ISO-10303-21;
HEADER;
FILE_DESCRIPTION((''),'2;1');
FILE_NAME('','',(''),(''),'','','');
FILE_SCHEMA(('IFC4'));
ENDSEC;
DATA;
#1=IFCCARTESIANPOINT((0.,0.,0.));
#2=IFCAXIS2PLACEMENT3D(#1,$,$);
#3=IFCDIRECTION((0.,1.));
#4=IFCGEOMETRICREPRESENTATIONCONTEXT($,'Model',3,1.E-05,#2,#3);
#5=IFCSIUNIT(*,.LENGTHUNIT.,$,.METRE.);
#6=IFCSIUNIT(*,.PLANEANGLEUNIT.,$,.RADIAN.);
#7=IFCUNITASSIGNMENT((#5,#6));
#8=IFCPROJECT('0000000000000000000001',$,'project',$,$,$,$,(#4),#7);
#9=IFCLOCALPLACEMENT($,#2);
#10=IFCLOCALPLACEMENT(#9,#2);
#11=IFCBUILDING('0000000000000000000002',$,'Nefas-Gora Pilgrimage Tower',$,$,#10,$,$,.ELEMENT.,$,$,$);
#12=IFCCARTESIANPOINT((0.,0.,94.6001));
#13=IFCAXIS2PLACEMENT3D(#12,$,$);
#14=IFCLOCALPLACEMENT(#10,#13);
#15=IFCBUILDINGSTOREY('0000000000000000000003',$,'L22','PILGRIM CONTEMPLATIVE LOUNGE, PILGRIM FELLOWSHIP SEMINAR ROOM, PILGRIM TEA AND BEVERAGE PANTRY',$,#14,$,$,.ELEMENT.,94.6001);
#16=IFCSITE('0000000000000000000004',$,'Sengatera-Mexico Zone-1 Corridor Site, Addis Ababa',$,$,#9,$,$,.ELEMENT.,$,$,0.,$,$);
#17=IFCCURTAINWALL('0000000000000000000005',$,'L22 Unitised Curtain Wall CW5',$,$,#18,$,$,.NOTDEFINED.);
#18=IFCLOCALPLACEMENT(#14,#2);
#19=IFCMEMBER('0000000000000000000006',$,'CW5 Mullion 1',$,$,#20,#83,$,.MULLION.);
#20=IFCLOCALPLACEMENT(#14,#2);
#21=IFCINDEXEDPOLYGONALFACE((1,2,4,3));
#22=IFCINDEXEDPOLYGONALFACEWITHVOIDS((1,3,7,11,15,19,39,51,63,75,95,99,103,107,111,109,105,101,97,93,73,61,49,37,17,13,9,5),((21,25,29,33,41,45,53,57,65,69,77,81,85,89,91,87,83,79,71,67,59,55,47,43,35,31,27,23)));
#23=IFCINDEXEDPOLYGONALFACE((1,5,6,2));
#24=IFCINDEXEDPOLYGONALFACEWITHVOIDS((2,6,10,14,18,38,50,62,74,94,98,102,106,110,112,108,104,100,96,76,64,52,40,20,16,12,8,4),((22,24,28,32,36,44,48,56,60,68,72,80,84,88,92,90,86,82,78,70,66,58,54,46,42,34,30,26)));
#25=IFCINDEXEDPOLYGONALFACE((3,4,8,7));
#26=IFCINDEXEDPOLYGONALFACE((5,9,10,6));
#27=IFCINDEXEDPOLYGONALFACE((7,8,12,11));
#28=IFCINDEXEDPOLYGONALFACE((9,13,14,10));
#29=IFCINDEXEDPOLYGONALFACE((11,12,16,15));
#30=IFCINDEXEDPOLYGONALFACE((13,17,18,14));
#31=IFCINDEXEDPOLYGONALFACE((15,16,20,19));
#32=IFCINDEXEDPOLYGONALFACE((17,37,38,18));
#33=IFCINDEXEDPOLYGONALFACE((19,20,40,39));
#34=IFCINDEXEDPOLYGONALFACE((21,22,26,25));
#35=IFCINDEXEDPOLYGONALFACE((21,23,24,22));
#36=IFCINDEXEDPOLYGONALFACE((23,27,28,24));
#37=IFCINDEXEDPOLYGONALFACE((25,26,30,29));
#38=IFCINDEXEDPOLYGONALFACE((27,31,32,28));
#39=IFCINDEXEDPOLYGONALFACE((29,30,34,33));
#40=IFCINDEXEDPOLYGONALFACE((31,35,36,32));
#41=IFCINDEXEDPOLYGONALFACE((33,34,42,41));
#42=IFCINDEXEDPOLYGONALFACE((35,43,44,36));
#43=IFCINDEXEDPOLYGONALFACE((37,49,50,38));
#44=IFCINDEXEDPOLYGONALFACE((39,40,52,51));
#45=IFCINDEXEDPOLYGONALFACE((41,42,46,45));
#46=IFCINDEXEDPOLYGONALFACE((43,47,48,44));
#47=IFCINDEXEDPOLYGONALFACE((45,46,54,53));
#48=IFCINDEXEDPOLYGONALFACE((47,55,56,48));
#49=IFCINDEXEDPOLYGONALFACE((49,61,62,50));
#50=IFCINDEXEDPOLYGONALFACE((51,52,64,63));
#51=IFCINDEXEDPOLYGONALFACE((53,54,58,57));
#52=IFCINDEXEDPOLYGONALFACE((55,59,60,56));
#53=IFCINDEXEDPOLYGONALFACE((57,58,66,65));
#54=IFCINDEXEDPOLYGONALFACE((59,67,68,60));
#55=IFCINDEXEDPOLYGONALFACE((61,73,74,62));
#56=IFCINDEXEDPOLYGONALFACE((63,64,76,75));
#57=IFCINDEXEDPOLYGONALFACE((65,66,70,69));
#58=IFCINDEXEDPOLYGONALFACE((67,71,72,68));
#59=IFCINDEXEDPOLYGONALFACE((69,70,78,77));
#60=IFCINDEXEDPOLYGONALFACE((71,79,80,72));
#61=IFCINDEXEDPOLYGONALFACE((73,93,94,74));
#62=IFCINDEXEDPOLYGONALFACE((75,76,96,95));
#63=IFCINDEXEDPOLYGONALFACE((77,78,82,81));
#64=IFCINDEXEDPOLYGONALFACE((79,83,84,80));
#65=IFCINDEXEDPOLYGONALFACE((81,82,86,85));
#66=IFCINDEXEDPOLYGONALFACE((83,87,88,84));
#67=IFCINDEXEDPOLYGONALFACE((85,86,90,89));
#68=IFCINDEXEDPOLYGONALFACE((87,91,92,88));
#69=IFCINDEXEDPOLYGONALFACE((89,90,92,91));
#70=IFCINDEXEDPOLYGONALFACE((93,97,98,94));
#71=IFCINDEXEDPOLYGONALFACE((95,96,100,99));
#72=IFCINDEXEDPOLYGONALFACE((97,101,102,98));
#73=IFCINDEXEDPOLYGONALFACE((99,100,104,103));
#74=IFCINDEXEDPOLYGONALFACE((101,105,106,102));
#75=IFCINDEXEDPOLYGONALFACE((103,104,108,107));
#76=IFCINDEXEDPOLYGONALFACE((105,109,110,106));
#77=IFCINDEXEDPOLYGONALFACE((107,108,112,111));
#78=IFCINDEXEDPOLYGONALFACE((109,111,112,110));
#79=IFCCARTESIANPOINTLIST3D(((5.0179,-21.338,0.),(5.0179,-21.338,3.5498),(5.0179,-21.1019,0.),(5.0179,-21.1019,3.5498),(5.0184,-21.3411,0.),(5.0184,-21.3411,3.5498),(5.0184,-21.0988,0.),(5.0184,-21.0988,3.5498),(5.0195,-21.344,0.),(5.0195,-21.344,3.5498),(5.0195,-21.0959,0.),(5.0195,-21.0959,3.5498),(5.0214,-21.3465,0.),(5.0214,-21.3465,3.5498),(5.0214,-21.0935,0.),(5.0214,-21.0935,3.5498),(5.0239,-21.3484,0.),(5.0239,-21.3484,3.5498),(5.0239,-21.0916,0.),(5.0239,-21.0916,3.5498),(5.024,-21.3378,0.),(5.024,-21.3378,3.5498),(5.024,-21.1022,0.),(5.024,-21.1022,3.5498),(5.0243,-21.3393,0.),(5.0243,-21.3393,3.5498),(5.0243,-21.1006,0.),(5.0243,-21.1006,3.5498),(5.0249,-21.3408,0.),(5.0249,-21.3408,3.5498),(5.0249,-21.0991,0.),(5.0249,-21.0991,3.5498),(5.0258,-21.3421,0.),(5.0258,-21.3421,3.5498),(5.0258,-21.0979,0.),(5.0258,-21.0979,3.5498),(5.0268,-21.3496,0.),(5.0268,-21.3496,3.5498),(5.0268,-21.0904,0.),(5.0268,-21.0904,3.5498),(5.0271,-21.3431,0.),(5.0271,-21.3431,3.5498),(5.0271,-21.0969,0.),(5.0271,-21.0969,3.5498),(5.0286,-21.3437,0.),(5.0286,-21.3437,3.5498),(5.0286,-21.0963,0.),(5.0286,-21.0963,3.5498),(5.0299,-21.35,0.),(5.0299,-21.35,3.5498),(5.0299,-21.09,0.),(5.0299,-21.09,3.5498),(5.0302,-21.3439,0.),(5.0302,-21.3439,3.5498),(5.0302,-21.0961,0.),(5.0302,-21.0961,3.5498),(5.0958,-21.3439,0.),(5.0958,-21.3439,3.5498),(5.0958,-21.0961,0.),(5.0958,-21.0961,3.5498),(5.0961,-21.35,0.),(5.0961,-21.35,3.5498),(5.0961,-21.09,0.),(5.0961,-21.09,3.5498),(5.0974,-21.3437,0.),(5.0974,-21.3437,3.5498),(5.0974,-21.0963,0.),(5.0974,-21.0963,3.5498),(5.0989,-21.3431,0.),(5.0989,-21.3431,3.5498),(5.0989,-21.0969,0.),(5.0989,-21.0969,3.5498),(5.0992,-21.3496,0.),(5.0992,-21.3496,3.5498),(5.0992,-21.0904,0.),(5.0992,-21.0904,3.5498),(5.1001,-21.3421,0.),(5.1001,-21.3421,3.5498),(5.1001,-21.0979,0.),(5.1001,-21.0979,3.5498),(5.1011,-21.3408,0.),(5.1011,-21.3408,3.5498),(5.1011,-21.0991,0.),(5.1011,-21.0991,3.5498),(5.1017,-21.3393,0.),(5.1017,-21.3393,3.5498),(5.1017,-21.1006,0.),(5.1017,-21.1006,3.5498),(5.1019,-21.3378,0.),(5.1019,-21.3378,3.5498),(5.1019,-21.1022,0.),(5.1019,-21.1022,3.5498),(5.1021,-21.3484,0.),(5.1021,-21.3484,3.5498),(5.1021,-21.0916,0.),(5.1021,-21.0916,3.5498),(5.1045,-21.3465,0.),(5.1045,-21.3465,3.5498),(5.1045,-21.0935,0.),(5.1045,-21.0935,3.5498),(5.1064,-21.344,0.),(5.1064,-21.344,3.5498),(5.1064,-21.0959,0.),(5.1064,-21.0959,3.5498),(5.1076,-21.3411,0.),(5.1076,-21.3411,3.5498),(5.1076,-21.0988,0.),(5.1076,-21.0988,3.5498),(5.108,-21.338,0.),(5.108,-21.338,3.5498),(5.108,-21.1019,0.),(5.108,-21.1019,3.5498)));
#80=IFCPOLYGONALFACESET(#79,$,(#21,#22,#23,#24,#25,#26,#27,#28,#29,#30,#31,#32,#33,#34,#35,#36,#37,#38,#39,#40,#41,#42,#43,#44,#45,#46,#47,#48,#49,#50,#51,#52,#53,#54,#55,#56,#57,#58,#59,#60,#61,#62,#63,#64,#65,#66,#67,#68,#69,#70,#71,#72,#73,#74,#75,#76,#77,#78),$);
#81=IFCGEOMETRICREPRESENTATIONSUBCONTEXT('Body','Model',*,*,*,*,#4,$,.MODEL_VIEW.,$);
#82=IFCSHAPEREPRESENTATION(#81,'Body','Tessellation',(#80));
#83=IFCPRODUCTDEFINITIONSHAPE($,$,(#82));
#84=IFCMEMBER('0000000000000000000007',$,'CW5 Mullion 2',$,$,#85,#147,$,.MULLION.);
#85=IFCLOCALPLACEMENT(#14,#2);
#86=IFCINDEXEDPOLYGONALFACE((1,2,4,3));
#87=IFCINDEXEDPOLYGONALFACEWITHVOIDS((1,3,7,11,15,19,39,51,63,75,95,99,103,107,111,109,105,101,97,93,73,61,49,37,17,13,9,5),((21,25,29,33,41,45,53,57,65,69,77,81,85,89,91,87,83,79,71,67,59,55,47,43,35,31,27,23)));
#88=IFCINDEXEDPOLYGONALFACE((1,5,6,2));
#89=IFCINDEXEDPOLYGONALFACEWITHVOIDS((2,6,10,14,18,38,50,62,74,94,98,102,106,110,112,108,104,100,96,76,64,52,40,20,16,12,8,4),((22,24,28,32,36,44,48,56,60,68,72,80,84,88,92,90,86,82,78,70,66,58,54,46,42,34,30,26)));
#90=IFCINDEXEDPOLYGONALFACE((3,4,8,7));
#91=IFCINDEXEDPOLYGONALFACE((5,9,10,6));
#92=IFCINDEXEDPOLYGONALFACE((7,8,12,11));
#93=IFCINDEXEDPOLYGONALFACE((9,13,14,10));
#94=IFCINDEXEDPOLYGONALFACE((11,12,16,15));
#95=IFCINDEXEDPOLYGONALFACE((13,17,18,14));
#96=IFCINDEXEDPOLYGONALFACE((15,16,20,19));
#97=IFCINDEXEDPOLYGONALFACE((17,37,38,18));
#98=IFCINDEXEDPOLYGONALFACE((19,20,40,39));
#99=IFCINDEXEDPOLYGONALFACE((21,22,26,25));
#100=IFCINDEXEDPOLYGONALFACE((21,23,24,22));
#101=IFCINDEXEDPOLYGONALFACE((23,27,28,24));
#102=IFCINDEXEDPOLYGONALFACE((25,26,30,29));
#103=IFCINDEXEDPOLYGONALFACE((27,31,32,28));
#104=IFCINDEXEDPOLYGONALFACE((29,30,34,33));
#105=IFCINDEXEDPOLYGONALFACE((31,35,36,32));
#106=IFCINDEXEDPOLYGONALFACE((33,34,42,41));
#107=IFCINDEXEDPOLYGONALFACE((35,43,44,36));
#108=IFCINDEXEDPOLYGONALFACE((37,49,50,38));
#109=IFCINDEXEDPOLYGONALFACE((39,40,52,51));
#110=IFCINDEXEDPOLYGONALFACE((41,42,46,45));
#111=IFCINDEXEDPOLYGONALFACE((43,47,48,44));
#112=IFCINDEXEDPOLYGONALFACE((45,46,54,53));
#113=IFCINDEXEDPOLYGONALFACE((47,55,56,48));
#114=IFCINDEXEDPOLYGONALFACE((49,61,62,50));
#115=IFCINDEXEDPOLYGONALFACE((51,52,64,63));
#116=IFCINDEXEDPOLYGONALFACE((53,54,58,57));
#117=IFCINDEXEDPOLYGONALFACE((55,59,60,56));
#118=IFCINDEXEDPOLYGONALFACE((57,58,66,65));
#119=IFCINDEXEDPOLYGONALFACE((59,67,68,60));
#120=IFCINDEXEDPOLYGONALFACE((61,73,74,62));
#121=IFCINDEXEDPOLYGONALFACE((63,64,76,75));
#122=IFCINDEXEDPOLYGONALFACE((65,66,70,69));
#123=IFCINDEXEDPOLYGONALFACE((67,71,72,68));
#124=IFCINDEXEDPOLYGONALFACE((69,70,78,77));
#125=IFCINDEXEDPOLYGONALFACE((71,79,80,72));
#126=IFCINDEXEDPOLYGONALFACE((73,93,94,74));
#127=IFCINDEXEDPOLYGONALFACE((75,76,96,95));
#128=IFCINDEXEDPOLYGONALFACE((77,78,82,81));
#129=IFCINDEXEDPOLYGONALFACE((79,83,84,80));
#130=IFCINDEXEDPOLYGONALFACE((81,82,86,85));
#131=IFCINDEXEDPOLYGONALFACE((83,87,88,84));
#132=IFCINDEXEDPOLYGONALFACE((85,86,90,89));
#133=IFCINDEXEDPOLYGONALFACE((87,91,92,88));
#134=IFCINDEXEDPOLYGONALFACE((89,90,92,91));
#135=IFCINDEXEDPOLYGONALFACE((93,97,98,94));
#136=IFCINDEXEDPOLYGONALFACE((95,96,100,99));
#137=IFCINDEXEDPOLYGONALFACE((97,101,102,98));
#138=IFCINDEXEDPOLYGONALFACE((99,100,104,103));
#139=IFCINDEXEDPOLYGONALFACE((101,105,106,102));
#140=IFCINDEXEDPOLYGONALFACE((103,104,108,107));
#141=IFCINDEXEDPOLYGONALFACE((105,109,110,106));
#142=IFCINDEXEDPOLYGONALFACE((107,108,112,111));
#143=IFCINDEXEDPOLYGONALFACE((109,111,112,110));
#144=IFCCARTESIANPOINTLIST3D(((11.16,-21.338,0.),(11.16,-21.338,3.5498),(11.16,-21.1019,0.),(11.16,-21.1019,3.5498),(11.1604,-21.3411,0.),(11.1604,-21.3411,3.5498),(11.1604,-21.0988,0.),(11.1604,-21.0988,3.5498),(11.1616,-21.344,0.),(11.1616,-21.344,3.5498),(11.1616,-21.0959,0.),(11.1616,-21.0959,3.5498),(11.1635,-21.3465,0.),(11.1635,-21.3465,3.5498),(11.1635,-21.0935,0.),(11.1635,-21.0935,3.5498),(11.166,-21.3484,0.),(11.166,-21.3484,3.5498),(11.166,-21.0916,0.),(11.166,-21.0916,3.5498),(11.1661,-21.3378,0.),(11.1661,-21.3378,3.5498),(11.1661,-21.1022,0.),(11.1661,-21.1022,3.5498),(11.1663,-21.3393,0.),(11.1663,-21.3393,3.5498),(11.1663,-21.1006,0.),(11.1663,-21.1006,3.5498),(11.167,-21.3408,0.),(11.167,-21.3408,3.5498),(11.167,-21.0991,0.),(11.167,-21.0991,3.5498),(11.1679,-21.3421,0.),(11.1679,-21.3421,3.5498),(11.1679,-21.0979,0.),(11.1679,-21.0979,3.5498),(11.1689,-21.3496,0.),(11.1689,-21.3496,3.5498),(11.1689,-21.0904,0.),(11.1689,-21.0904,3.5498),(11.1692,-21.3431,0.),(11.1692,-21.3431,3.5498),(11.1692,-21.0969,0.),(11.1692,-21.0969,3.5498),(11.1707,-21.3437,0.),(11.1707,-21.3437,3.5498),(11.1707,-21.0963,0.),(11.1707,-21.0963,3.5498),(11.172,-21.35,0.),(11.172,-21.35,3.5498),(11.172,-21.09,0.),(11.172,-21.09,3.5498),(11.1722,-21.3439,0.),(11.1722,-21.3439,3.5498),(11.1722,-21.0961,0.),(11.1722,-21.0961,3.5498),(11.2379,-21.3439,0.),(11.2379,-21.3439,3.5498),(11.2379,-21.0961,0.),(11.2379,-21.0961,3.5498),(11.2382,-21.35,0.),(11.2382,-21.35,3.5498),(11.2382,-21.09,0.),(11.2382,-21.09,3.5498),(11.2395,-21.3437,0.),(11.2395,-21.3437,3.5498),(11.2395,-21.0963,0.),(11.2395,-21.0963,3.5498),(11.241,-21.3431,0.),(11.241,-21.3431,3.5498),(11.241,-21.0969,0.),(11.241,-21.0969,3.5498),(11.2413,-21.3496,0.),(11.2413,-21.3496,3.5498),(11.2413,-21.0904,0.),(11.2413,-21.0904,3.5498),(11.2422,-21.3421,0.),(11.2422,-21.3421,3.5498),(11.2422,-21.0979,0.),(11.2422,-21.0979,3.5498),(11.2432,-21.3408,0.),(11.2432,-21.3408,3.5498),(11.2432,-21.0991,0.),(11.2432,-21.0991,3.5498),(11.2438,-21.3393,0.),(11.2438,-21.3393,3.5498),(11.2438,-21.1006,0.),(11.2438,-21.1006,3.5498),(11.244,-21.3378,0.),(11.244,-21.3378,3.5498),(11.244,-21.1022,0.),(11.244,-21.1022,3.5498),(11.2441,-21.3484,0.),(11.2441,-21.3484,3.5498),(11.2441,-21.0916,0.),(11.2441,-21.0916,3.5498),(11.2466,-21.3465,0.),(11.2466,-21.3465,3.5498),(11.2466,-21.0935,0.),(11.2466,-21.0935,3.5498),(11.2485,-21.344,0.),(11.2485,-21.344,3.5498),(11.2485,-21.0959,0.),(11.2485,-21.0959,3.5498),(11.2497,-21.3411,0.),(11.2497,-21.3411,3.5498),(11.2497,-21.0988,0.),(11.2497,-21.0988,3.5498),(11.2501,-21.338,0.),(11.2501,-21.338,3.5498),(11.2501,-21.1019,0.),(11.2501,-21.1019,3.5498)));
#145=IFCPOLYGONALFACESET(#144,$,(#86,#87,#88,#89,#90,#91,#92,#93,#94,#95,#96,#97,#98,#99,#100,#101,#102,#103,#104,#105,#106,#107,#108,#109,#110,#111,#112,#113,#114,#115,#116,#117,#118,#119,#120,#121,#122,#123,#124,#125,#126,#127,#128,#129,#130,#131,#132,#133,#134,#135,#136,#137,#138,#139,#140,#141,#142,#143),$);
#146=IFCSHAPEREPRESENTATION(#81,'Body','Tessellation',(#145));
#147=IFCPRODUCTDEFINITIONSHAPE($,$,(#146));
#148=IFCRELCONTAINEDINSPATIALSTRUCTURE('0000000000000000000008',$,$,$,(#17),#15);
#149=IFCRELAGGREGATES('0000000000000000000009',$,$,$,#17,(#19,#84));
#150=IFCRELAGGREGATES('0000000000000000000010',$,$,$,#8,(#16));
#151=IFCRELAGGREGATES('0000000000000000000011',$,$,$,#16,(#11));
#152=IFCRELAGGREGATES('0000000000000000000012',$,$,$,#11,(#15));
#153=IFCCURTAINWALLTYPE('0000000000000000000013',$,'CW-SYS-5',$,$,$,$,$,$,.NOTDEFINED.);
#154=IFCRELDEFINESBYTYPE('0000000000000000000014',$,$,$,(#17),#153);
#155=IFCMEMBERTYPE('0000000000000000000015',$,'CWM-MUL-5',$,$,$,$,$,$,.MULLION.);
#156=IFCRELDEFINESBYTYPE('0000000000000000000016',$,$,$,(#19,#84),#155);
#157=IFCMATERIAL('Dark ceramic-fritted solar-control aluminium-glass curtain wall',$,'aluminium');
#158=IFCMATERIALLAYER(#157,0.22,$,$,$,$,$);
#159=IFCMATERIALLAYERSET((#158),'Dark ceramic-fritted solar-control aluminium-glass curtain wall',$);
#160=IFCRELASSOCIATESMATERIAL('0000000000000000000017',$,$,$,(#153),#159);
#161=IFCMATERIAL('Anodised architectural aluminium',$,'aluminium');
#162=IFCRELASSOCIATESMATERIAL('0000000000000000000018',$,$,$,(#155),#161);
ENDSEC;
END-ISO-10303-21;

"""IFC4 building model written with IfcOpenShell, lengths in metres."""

from ifc_helpers import new_model, si_unit, direction, frame, origin, origin_2d, place, context, subcontext, project, spatial, hollow_rectangle, extrude, source, transform, mapped, material, layer, layer_set, material_profile, profile_set, type_object, element, aggregate, save


model = new_model("IFC4")

# Units and contexts
model_context = context("Model", 3, precision=1e-05, world=origin(), true_north=direction((0.0, 1.0)))
body_context = subcontext(model_context, "Body", "Model", "MODEL_VIEW")
ifc_project = project(units=[si_unit("LENGTHUNIT", "METRE"), si_unit("PLANEANGLEUNIT", "RADIAN")], contexts=[model_context])

# Site, building, storey
site_placement = place(None, origin())
site = spatial("IfcSite", under=ifc_project, at=site_placement, Name="Sengatera-Mexico Zone-1 Corridor Site, Addis Ababa", CompositionType="ELEMENT", RefElevation=0.0)
building_placement = place(site_placement, origin())
building = spatial("IfcBuilding", under=site, at=building_placement, Name="Nefas-Gora Pilgrimage Tower", CompositionType="ELEMENT")
storey_placement = place(building_placement, frame((0.0, 0.0, 94.6001)))
storey = spatial("IfcBuildingStorey", under=building, at=storey_placement, Name="L22", Description="PILGRIM CONTEMPLATIVE LOUNGE, PILGRIM FELLOWSHIP SEMINAR ROOM, PILGRIM TEA AND BEVERAGE PANTRY", CompositionType="ELEMENT", Elevation=94.6001)

# Curtain wall
ifc_material_1 = material(Name="Dark ceramic-fritted solar-control aluminium-glass curtain wall", Category="aluminium")
ifc_layer_1 = layer(ifc_material_1, 0.22)
ifc_layer_set_1 = layer_set([ifc_layer_1], Name="Dark ceramic-fritted solar-control aluminium-glass curtain wall")
curtain_wall_type_1 = type_object("IfcCurtainWallType", Name="CW-SYS-5", PredefinedType="NOTDEFINED", material=ifc_layer_set_1)
curtain_wall_1_placement = place(storey_placement, origin())
curtain_wall_1 = element("IfcCurtainWall", 1, at=curtain_wall_1_placement, inside=storey, type_object=curtain_wall_type_1, Name="L22 Unitised Curtain Wall CW5", PredefinedType="NOTDEFINED")
ifc_material_2 = material(Name="Anodised architectural aluminium", Category="aluminium")

# Members
ifc_material_profile_1 = material_profile(ifc_material_2, hollow_rectangle(XDim=0.0901, YDim=0.26, WallThickness=0.0061, InnerFilletRadius=0.0061, OuterFilletRadius=0.012, at=origin_2d()), Name="ALU MULLION 90x260")
ifc_profile_set_1 = profile_set([ifc_material_profile_1], Name="Anodised architectural aluminium")
member_type_1 = type_object("IfcMemberType", Name="CWM-MUL-5", PredefinedType="MULLION", material=ifc_profile_set_1)
shared_shape_1 = source(origin(), body_context, "Body", "SweptSolid", [
    extrude(hollow_rectangle(XDim=0.0901, YDim=0.26, WallThickness=0.0061, InnerFilletRadius=0.0061, OuterFilletRadius=0.012, at=origin_2d()), origin(), (0.0, 0.0, 1.0), 3.5498),
])
member_1_placement = place(storey_placement, frame((5.063, -21.22, 0.0), z_axis=(0.0, 0.0, 1.0), x_axis=(1.0, 0.0, 0.0)))
member_1 = element("IfcMember", 2, at=member_1_placement, type_object=member_type_1, Name="CW5 Mullion 1", PredefinedType="MULLION", context=body_context, shape_type="MappedRepresentation", body=[
    mapped(shared_shape_1, transform((0.0, 0.0, 0.0), x_axis=(1.0, 0.0, 0.0), y_axis=(0.0, 1.0, 0.0), z_axis=(0.0, 0.0, 1.0), scale=1.0)),
])
member_2_placement = place(storey_placement, frame((11.2051, -21.22, 0.0), z_axis=(0.0, 0.0, 1.0), x_axis=(1.0, 0.0, 0.0)))
member_2 = element("IfcMember", 3, at=member_2_placement, type_object=member_type_1, Name="CW5 Mullion 2", PredefinedType="MULLION", context=body_context, shape_type="MappedRepresentation", body=[
    mapped(shared_shape_1, transform((0.0, 0.0, 0.0), x_axis=(1.0, 0.0, 0.0), y_axis=(0.0, 1.0, 0.0), z_axis=(0.0, 0.0, 1.0), scale=1.0)),
])

aggregate(curtain_wall_1, [member_1, member_2])

save(model, "model.ifc")
